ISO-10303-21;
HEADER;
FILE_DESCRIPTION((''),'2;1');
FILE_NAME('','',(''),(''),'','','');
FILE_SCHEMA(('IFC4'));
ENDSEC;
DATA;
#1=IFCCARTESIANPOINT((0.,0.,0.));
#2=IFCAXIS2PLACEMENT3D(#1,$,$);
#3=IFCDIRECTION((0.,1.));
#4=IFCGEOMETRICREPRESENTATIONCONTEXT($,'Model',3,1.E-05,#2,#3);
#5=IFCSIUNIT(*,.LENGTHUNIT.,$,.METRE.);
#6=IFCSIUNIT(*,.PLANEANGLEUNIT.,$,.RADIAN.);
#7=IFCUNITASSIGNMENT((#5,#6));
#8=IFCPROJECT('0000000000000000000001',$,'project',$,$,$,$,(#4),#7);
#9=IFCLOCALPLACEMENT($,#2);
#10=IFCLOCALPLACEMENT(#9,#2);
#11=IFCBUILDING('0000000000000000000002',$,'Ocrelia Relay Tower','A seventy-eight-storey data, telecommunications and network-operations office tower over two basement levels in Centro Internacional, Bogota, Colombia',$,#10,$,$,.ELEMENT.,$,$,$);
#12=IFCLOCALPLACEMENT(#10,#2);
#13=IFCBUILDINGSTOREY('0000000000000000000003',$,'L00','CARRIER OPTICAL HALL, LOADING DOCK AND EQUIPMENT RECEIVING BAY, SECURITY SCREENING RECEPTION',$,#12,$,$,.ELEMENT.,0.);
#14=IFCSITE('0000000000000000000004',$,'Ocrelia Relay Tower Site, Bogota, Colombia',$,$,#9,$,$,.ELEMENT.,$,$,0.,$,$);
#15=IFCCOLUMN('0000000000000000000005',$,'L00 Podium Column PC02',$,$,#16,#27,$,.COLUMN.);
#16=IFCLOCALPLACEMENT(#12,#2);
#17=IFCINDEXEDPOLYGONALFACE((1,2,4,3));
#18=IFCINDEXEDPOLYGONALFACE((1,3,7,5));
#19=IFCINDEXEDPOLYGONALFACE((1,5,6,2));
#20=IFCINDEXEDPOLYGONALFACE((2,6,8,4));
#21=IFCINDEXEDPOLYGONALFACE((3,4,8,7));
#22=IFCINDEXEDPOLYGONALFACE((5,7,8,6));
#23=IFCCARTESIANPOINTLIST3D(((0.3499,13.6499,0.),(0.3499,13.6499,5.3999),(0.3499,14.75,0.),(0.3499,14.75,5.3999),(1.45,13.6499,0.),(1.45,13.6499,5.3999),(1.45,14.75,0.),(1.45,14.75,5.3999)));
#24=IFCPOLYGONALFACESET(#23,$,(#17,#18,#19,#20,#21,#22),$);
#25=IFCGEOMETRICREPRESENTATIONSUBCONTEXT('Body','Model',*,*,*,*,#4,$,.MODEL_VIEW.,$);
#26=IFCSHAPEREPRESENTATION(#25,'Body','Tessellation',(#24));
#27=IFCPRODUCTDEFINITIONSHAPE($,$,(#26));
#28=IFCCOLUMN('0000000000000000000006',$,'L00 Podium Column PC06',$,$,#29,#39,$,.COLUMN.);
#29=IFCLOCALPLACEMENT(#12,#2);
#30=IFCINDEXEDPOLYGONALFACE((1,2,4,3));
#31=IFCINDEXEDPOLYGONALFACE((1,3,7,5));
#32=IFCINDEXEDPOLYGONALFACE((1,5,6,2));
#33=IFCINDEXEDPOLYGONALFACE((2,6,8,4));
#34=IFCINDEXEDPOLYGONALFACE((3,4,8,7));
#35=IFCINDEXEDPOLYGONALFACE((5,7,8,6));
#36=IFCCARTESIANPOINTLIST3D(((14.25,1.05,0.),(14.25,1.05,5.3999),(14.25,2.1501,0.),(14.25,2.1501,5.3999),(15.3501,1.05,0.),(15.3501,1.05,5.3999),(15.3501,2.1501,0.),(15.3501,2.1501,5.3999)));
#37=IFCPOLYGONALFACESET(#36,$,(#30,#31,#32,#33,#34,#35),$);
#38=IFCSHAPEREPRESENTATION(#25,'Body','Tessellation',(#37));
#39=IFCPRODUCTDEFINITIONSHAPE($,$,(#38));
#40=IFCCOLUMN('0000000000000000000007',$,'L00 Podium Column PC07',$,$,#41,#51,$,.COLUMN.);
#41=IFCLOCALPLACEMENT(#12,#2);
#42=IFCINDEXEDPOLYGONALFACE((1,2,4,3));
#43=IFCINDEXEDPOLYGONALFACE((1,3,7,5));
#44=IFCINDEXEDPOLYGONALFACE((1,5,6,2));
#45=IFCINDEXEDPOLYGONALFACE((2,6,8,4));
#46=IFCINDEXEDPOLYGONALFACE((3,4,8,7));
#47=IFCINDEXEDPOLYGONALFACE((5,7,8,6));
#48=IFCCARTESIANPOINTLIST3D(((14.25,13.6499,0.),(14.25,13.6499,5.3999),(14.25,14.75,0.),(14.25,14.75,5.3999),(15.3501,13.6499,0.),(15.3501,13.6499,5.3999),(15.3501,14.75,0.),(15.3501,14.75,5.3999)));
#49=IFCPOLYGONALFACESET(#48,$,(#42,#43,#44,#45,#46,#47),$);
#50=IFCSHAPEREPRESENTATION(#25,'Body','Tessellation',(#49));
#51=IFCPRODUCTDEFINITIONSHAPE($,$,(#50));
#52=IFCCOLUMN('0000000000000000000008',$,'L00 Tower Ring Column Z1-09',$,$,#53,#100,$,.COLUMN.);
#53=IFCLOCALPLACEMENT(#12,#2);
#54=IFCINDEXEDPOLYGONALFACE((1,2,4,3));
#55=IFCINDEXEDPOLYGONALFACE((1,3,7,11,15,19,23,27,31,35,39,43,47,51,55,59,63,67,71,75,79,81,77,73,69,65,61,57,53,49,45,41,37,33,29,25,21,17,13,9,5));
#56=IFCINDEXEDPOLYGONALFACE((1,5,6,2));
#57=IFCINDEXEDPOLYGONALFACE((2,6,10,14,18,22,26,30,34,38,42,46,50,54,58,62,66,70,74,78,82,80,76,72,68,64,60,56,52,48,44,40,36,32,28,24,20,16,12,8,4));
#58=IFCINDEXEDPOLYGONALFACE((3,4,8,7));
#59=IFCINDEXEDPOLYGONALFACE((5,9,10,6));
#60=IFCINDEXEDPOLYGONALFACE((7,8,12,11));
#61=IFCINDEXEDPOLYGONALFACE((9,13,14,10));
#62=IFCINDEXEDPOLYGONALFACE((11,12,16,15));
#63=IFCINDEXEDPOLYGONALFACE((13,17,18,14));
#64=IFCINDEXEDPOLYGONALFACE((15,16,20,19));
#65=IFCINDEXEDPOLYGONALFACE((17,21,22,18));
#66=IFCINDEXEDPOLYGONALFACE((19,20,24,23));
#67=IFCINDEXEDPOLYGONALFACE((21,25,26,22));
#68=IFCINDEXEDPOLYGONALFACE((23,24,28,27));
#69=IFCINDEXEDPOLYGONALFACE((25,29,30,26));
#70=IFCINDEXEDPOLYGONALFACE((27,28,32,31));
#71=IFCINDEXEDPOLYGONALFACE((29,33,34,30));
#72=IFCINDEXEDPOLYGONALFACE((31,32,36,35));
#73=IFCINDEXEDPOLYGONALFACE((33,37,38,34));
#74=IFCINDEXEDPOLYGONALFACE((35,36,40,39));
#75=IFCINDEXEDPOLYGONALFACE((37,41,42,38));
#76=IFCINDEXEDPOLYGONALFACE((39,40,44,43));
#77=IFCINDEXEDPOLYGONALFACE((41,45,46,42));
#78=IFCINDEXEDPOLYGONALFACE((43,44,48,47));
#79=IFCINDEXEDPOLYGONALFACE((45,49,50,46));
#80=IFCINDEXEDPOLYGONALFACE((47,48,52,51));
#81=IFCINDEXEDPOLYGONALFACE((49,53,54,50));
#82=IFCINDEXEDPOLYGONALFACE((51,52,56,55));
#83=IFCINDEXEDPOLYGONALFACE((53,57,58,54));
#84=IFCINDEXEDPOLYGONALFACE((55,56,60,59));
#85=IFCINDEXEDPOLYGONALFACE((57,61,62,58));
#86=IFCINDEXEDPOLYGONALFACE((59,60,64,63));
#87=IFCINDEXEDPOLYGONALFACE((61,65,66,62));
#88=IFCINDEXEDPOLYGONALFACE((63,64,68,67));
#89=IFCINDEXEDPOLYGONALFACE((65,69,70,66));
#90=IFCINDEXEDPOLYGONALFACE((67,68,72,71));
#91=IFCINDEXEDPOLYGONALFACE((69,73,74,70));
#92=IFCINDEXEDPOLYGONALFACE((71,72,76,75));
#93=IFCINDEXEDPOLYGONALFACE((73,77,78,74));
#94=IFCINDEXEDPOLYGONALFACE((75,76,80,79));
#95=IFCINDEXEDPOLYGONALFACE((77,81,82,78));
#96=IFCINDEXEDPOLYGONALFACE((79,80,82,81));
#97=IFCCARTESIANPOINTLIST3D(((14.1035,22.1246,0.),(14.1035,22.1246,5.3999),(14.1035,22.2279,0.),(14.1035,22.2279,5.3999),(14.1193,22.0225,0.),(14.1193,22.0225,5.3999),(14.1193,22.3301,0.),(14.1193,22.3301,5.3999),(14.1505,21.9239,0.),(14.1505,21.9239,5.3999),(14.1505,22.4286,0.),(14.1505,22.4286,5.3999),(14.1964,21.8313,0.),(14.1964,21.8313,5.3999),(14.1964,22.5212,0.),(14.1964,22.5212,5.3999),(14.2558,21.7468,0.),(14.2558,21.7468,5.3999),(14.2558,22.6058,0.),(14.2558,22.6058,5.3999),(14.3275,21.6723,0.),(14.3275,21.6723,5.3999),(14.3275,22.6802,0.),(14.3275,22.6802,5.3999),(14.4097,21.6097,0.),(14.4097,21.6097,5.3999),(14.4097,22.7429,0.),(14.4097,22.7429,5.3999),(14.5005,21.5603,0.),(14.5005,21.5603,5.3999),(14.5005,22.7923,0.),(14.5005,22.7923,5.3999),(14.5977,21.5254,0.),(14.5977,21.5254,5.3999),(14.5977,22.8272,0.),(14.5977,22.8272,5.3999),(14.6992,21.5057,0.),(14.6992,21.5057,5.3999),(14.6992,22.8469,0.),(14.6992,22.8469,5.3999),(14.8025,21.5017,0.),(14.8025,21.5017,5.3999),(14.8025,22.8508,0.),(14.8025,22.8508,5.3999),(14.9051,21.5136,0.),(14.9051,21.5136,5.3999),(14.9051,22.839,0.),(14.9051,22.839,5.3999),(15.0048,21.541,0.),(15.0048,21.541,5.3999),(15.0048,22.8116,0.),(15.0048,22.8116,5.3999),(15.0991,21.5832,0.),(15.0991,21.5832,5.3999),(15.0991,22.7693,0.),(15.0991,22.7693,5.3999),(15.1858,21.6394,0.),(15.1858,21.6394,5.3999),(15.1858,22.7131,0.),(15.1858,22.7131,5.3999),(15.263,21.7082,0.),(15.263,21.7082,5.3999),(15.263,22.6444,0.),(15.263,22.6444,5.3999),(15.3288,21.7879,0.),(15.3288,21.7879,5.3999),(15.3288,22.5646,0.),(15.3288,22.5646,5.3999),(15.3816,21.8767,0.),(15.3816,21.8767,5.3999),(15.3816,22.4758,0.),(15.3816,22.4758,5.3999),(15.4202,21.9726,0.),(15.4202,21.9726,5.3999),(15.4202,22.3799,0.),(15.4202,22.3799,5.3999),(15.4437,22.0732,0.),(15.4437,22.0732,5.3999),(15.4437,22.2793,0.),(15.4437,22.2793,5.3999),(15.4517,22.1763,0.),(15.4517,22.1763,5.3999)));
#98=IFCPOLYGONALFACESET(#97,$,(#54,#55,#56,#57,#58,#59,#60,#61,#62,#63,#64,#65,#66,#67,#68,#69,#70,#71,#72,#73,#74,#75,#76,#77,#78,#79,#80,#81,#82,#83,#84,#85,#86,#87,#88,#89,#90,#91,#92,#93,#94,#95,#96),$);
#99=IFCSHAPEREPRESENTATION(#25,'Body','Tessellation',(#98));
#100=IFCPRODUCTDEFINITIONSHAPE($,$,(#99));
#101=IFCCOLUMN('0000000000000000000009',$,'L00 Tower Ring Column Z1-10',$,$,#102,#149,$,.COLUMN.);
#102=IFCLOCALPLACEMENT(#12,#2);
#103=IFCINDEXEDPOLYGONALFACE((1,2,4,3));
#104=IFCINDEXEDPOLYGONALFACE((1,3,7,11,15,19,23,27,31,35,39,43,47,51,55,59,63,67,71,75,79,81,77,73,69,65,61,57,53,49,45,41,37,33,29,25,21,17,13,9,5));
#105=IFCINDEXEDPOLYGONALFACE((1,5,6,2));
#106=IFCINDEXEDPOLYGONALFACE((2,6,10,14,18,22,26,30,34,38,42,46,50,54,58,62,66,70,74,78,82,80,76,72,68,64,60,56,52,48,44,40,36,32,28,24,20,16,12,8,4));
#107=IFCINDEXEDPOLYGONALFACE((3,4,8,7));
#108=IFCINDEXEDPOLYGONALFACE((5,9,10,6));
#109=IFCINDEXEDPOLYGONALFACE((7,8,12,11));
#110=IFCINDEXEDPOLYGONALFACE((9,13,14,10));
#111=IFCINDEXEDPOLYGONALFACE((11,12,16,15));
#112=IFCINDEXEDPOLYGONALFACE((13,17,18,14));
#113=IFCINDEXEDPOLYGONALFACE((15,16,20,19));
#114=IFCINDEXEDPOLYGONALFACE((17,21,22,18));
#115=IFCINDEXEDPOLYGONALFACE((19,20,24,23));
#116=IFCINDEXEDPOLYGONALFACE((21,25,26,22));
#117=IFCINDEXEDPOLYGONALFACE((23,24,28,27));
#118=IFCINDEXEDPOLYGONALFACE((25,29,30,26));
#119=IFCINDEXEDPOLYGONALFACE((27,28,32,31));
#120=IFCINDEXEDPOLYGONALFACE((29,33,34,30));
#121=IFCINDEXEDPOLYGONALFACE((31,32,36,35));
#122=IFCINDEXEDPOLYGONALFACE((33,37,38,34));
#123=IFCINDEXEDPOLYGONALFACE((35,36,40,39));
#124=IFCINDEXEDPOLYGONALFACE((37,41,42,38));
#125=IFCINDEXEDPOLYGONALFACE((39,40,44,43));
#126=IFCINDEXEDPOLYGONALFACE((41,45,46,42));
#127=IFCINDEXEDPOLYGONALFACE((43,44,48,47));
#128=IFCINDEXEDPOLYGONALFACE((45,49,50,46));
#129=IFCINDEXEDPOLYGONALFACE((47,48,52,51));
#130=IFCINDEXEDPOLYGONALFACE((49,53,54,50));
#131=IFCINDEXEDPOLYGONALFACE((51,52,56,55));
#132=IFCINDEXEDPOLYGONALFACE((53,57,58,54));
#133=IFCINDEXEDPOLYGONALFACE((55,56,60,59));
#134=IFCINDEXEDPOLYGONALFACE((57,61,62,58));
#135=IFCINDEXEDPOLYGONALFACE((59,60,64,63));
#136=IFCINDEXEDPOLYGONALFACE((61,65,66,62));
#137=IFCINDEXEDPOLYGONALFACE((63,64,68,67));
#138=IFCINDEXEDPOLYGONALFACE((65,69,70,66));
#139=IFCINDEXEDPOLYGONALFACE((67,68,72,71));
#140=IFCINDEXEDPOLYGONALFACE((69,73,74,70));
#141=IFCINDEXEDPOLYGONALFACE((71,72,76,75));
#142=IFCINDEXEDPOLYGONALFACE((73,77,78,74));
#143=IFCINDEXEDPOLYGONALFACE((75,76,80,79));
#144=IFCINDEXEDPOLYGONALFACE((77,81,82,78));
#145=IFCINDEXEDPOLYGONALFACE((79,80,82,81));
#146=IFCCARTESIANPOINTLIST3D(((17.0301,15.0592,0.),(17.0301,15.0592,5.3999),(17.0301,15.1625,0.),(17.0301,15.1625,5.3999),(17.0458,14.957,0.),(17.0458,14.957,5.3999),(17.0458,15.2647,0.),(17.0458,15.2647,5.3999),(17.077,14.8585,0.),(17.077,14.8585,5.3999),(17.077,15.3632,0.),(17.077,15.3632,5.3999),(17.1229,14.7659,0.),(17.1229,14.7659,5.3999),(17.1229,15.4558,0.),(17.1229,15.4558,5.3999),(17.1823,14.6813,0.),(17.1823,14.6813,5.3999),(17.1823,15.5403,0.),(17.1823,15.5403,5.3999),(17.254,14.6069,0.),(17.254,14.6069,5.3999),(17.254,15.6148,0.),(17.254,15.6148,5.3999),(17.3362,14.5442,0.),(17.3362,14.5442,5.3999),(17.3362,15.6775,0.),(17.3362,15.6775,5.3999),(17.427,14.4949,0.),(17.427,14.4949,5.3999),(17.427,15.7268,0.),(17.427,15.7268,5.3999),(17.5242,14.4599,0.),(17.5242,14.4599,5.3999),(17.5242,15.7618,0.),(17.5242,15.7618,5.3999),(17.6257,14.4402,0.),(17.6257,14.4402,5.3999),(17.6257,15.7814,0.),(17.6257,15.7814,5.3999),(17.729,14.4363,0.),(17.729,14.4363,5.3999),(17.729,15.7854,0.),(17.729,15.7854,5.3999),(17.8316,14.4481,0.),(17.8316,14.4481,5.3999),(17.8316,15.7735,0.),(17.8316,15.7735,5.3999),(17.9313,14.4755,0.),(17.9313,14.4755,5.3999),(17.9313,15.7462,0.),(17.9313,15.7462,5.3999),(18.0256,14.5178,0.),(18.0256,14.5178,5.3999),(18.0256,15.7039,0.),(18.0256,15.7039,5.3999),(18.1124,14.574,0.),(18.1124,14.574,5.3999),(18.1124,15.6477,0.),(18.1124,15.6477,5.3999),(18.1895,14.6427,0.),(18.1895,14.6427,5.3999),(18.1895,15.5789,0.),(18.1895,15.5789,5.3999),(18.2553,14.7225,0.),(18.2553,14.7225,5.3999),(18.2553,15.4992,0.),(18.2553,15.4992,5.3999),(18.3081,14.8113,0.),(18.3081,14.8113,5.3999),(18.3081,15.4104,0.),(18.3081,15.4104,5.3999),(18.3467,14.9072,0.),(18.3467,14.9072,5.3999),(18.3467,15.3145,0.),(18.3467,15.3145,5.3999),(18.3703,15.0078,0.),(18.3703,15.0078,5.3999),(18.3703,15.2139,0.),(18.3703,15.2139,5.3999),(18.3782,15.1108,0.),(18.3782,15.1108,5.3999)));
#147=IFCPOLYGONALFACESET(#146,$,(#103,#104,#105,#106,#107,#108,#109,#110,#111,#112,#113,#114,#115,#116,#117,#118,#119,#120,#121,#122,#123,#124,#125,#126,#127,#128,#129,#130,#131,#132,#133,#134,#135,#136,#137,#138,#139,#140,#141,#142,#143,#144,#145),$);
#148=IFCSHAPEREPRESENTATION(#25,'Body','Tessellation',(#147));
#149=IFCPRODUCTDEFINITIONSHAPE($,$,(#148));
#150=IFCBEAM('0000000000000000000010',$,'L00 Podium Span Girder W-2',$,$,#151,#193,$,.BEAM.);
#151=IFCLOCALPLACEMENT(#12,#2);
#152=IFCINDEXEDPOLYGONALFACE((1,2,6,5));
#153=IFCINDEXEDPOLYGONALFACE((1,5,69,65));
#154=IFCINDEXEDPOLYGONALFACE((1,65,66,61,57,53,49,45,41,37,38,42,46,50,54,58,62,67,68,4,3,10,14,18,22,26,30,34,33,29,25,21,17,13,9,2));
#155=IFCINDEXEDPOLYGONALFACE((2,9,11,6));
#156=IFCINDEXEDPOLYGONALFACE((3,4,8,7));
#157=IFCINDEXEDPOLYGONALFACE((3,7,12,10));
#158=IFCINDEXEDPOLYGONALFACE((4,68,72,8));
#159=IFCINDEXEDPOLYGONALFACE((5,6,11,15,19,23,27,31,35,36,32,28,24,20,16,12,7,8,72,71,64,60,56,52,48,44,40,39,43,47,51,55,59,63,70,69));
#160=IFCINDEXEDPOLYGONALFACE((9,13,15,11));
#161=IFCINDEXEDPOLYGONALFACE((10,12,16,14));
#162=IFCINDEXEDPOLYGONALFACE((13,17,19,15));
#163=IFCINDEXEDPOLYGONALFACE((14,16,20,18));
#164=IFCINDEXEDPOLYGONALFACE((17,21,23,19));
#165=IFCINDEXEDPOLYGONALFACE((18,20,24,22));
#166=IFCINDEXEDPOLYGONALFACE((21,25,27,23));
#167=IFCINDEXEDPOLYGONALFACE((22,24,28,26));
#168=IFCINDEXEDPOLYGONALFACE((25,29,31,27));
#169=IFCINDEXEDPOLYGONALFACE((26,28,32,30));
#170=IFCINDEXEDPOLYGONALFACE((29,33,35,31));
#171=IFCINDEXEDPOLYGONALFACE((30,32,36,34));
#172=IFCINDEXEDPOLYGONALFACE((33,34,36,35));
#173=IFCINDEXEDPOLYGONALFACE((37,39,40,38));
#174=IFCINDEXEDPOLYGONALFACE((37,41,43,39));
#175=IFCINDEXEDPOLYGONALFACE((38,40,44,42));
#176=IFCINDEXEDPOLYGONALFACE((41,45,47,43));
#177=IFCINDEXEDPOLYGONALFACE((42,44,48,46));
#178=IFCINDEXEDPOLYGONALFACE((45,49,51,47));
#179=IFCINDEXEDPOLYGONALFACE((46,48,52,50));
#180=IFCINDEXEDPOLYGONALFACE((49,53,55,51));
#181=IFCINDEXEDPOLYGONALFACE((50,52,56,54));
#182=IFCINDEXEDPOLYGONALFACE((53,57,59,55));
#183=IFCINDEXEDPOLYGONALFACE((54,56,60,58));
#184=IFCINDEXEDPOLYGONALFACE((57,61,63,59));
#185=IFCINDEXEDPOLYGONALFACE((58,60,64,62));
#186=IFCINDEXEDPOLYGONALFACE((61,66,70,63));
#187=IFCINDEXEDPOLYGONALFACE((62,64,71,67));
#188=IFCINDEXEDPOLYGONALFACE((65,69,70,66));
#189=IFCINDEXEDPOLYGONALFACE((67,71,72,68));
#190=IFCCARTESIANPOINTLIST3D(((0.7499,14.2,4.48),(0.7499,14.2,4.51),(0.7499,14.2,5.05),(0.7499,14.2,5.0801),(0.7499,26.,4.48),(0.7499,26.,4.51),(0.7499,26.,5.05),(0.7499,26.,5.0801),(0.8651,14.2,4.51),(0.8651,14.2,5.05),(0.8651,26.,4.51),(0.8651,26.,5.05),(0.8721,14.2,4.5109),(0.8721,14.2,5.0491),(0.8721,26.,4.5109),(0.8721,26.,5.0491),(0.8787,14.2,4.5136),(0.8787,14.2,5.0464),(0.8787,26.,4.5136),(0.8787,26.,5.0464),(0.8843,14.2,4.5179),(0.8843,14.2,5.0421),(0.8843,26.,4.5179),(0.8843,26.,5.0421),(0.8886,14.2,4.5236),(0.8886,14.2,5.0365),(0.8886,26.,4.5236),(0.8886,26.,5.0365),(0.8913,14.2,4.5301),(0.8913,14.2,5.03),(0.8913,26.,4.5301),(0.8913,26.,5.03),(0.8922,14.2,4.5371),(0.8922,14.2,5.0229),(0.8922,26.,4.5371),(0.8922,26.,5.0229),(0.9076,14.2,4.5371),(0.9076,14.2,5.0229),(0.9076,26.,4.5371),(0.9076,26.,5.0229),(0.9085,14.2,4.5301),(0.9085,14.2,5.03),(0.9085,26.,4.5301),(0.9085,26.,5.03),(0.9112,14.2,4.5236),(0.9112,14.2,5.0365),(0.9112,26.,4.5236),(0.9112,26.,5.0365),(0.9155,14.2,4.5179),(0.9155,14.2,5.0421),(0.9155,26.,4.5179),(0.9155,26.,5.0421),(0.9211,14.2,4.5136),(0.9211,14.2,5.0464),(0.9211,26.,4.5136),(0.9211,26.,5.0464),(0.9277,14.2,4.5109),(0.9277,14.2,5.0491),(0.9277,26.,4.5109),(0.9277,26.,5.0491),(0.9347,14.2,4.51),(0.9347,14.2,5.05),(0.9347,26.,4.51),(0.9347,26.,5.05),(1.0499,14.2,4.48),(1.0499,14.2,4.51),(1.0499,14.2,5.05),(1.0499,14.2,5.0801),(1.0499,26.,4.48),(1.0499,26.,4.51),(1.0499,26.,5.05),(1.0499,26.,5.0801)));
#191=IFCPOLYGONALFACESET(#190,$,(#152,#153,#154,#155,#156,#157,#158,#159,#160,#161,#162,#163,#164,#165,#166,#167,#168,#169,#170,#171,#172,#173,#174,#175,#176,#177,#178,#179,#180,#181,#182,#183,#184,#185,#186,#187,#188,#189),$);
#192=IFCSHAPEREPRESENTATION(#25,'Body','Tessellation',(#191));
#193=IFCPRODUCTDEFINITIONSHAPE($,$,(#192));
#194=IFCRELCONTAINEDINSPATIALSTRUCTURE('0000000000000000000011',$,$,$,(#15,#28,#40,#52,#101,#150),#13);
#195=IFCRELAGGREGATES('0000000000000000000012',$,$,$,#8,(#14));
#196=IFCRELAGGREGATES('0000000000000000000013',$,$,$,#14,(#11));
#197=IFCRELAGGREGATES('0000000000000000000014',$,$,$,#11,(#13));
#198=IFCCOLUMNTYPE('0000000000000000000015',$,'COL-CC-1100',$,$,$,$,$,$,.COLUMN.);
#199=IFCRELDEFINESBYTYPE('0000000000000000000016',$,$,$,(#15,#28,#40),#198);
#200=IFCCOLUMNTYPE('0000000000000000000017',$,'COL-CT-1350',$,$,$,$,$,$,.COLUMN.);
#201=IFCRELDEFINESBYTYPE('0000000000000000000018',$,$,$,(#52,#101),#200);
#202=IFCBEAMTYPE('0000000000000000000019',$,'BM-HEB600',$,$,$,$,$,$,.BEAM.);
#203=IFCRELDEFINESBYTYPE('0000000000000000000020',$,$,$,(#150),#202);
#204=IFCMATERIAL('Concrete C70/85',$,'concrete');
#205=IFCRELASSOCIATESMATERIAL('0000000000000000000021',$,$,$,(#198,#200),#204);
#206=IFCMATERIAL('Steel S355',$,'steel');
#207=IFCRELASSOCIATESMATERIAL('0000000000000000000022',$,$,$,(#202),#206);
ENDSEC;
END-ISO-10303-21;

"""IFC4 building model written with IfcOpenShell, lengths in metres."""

from ifc_helpers import new_model, si_unit, direction, frame, origin, origin_2d, place, context, subcontext, project, spatial, rectangle, circle, i_section, extrude, material, material_profile, profile_set, type_object, element, save


model = new_model("IFC4")

# Units and contexts
model_context = context("Model", 3, precision=1e-05, world=origin(), true_north=direction((0.0, 1.0)))
body_context = subcontext(model_context, "Body", "Model", "MODEL_VIEW")
ifc_project = project(units=[si_unit("LENGTHUNIT", "METRE"), si_unit("PLANEANGLEUNIT", "RADIAN")], contexts=[model_context])

# Site, building, storey
site_placement = place(None, origin())
site = spatial("IfcSite", under=ifc_project, at=site_placement, Name="Ocrelia Relay Tower Site, Bogota, Colombia", CompositionType="ELEMENT", RefElevation=0.0)
building_placement = place(site_placement, origin())
building = spatial("IfcBuilding", under=site, at=building_placement, Name="Ocrelia Relay Tower", Description="A seventy-eight-storey data, telecommunications and network-operations office tower over two basement levels in Centro Internacional, Bogota, Colombia", CompositionType="ELEMENT")
storey_placement = place(building_placement, origin())
storey = spatial("IfcBuildingStorey", under=building, at=storey_placement, Name="L00", Description="CARRIER OPTICAL HALL, LOADING DOCK AND EQUIPMENT RECEIVING BAY, SECURITY SCREENING RECEPTION", CompositionType="ELEMENT", Elevation=0.0)

# Columns
ifc_material_1 = material(Name="Concrete C70/85", Category="concrete")
ifc_material_profile_1 = material_profile(ifc_material_1, rectangle(XDim=1.1001, YDim=1.1001, at=origin_2d()), Name="RC-COL-1100x1100")
ifc_profile_set_1 = profile_set([ifc_material_profile_1], Name="Concrete C70/85")
column_type_1 = type_object("IfcColumnType", Name="COL-CC-1100", PredefinedType="COLUMN", material=ifc_profile_set_1)
for number, where, z_axis, x_axis, name in (
    (1, (0.8999, 14.2, 0.0), (0.0, 0.0, 1.0), (1.0, 0.0, 0.0), "L00 Podium Column PC02"),
    (2, (14.8, 1.6001, 0.0), (0.0, 0.0, 1.0), (1.0, 0.0, 0.0), "L00 Podium Column PC06"),
    (3, (14.8, 14.2, 0.0), (0.0, 0.0, 1.0), (1.0, 0.0, 0.0), "L00 Podium Column PC07"),
):
    element("IfcColumn", number, at=place(storey_placement, frame(where, z_axis=z_axis, x_axis=x_axis)), inside=storey, type_object=column_type_1, Name=name, PredefinedType="COLUMN", context=body_context, shape_type="SweptSolid", body=[
        extrude(rectangle(XDim=1.1001, YDim=1.1001, at=origin_2d()), origin(), (0.0, 0.0, 1.0), 5.3999),
    ])
ifc_material_profile_2 = material_profile(ifc_material_1, circle(Radius=0.675, at=origin_2d()), Name="RC-CIR-1350")
ifc_profile_set_2 = profile_set([ifc_material_profile_2], Name="Concrete C70/85")
column_type_2 = type_object("IfcColumnType", Name="COL-CT-1350", PredefinedType="COLUMN", material=ifc_profile_set_2)
for number, where, z_axis, x_axis, name in (
    (4, (14.7766, 22.1763, 0.0), (0.0, 0.0, 1.0), (1.0, 0.0, 0.0), "L00 Tower Ring Column Z1-09"),
    (5, (17.7031, 15.1108, 0.0), (0.0, 0.0, 1.0), (1.0, 0.0, 0.0), "L00 Tower Ring Column Z1-10"),
):
    element("IfcColumn", number, at=place(storey_placement, frame(where, z_axis=z_axis, x_axis=x_axis)), inside=storey, type_object=column_type_2, Name=name, PredefinedType="COLUMN", context=body_context, shape_type="SweptSolid", body=[
        extrude(circle(Radius=0.675, at=origin_2d()), origin(), (0.0, 0.0, 1.0), 5.3999),
    ])

# Beam
ifc_material_2 = material(Name="Steel S355", Category="steel")
ifc_material_profile_3 = material_profile(ifc_material_2, i_section(OverallWidth=0.3, OverallDepth=0.6001, WebThickness=0.0154, FlangeThickness=0.03, FilletRadius=0.0271, at=origin_2d()), Name="HEB 600")
ifc_profile_set_3 = profile_set([ifc_material_profile_3], Name="Steel S355")
beam_type_1 = type_object("IfcBeamType", Name="BM-HEB600", PredefinedType="BEAM", material=ifc_profile_set_3)
beam_1_placement = place(storey_placement, frame((0.8999, 14.2, 4.78), z_axis=(0.0, 1.0, 0.0), x_axis=(-1.0, 0.0, 0.0)))
element("IfcBeam", 6, at=beam_1_placement, inside=storey, type_object=beam_type_1, Name="L00 Podium Span Girder W-2", PredefinedType="BEAM", context=body_context, shape_type="SweptSolid", body=[
    extrude(i_section(OverallWidth=0.3, OverallDepth=0.6001, WebThickness=0.0154, FlangeThickness=0.03, FilletRadius=0.0271, at=origin_2d()), origin(), (0.0, 0.0, 1.0), 11.8),
])

save(model, "model.ifc")
